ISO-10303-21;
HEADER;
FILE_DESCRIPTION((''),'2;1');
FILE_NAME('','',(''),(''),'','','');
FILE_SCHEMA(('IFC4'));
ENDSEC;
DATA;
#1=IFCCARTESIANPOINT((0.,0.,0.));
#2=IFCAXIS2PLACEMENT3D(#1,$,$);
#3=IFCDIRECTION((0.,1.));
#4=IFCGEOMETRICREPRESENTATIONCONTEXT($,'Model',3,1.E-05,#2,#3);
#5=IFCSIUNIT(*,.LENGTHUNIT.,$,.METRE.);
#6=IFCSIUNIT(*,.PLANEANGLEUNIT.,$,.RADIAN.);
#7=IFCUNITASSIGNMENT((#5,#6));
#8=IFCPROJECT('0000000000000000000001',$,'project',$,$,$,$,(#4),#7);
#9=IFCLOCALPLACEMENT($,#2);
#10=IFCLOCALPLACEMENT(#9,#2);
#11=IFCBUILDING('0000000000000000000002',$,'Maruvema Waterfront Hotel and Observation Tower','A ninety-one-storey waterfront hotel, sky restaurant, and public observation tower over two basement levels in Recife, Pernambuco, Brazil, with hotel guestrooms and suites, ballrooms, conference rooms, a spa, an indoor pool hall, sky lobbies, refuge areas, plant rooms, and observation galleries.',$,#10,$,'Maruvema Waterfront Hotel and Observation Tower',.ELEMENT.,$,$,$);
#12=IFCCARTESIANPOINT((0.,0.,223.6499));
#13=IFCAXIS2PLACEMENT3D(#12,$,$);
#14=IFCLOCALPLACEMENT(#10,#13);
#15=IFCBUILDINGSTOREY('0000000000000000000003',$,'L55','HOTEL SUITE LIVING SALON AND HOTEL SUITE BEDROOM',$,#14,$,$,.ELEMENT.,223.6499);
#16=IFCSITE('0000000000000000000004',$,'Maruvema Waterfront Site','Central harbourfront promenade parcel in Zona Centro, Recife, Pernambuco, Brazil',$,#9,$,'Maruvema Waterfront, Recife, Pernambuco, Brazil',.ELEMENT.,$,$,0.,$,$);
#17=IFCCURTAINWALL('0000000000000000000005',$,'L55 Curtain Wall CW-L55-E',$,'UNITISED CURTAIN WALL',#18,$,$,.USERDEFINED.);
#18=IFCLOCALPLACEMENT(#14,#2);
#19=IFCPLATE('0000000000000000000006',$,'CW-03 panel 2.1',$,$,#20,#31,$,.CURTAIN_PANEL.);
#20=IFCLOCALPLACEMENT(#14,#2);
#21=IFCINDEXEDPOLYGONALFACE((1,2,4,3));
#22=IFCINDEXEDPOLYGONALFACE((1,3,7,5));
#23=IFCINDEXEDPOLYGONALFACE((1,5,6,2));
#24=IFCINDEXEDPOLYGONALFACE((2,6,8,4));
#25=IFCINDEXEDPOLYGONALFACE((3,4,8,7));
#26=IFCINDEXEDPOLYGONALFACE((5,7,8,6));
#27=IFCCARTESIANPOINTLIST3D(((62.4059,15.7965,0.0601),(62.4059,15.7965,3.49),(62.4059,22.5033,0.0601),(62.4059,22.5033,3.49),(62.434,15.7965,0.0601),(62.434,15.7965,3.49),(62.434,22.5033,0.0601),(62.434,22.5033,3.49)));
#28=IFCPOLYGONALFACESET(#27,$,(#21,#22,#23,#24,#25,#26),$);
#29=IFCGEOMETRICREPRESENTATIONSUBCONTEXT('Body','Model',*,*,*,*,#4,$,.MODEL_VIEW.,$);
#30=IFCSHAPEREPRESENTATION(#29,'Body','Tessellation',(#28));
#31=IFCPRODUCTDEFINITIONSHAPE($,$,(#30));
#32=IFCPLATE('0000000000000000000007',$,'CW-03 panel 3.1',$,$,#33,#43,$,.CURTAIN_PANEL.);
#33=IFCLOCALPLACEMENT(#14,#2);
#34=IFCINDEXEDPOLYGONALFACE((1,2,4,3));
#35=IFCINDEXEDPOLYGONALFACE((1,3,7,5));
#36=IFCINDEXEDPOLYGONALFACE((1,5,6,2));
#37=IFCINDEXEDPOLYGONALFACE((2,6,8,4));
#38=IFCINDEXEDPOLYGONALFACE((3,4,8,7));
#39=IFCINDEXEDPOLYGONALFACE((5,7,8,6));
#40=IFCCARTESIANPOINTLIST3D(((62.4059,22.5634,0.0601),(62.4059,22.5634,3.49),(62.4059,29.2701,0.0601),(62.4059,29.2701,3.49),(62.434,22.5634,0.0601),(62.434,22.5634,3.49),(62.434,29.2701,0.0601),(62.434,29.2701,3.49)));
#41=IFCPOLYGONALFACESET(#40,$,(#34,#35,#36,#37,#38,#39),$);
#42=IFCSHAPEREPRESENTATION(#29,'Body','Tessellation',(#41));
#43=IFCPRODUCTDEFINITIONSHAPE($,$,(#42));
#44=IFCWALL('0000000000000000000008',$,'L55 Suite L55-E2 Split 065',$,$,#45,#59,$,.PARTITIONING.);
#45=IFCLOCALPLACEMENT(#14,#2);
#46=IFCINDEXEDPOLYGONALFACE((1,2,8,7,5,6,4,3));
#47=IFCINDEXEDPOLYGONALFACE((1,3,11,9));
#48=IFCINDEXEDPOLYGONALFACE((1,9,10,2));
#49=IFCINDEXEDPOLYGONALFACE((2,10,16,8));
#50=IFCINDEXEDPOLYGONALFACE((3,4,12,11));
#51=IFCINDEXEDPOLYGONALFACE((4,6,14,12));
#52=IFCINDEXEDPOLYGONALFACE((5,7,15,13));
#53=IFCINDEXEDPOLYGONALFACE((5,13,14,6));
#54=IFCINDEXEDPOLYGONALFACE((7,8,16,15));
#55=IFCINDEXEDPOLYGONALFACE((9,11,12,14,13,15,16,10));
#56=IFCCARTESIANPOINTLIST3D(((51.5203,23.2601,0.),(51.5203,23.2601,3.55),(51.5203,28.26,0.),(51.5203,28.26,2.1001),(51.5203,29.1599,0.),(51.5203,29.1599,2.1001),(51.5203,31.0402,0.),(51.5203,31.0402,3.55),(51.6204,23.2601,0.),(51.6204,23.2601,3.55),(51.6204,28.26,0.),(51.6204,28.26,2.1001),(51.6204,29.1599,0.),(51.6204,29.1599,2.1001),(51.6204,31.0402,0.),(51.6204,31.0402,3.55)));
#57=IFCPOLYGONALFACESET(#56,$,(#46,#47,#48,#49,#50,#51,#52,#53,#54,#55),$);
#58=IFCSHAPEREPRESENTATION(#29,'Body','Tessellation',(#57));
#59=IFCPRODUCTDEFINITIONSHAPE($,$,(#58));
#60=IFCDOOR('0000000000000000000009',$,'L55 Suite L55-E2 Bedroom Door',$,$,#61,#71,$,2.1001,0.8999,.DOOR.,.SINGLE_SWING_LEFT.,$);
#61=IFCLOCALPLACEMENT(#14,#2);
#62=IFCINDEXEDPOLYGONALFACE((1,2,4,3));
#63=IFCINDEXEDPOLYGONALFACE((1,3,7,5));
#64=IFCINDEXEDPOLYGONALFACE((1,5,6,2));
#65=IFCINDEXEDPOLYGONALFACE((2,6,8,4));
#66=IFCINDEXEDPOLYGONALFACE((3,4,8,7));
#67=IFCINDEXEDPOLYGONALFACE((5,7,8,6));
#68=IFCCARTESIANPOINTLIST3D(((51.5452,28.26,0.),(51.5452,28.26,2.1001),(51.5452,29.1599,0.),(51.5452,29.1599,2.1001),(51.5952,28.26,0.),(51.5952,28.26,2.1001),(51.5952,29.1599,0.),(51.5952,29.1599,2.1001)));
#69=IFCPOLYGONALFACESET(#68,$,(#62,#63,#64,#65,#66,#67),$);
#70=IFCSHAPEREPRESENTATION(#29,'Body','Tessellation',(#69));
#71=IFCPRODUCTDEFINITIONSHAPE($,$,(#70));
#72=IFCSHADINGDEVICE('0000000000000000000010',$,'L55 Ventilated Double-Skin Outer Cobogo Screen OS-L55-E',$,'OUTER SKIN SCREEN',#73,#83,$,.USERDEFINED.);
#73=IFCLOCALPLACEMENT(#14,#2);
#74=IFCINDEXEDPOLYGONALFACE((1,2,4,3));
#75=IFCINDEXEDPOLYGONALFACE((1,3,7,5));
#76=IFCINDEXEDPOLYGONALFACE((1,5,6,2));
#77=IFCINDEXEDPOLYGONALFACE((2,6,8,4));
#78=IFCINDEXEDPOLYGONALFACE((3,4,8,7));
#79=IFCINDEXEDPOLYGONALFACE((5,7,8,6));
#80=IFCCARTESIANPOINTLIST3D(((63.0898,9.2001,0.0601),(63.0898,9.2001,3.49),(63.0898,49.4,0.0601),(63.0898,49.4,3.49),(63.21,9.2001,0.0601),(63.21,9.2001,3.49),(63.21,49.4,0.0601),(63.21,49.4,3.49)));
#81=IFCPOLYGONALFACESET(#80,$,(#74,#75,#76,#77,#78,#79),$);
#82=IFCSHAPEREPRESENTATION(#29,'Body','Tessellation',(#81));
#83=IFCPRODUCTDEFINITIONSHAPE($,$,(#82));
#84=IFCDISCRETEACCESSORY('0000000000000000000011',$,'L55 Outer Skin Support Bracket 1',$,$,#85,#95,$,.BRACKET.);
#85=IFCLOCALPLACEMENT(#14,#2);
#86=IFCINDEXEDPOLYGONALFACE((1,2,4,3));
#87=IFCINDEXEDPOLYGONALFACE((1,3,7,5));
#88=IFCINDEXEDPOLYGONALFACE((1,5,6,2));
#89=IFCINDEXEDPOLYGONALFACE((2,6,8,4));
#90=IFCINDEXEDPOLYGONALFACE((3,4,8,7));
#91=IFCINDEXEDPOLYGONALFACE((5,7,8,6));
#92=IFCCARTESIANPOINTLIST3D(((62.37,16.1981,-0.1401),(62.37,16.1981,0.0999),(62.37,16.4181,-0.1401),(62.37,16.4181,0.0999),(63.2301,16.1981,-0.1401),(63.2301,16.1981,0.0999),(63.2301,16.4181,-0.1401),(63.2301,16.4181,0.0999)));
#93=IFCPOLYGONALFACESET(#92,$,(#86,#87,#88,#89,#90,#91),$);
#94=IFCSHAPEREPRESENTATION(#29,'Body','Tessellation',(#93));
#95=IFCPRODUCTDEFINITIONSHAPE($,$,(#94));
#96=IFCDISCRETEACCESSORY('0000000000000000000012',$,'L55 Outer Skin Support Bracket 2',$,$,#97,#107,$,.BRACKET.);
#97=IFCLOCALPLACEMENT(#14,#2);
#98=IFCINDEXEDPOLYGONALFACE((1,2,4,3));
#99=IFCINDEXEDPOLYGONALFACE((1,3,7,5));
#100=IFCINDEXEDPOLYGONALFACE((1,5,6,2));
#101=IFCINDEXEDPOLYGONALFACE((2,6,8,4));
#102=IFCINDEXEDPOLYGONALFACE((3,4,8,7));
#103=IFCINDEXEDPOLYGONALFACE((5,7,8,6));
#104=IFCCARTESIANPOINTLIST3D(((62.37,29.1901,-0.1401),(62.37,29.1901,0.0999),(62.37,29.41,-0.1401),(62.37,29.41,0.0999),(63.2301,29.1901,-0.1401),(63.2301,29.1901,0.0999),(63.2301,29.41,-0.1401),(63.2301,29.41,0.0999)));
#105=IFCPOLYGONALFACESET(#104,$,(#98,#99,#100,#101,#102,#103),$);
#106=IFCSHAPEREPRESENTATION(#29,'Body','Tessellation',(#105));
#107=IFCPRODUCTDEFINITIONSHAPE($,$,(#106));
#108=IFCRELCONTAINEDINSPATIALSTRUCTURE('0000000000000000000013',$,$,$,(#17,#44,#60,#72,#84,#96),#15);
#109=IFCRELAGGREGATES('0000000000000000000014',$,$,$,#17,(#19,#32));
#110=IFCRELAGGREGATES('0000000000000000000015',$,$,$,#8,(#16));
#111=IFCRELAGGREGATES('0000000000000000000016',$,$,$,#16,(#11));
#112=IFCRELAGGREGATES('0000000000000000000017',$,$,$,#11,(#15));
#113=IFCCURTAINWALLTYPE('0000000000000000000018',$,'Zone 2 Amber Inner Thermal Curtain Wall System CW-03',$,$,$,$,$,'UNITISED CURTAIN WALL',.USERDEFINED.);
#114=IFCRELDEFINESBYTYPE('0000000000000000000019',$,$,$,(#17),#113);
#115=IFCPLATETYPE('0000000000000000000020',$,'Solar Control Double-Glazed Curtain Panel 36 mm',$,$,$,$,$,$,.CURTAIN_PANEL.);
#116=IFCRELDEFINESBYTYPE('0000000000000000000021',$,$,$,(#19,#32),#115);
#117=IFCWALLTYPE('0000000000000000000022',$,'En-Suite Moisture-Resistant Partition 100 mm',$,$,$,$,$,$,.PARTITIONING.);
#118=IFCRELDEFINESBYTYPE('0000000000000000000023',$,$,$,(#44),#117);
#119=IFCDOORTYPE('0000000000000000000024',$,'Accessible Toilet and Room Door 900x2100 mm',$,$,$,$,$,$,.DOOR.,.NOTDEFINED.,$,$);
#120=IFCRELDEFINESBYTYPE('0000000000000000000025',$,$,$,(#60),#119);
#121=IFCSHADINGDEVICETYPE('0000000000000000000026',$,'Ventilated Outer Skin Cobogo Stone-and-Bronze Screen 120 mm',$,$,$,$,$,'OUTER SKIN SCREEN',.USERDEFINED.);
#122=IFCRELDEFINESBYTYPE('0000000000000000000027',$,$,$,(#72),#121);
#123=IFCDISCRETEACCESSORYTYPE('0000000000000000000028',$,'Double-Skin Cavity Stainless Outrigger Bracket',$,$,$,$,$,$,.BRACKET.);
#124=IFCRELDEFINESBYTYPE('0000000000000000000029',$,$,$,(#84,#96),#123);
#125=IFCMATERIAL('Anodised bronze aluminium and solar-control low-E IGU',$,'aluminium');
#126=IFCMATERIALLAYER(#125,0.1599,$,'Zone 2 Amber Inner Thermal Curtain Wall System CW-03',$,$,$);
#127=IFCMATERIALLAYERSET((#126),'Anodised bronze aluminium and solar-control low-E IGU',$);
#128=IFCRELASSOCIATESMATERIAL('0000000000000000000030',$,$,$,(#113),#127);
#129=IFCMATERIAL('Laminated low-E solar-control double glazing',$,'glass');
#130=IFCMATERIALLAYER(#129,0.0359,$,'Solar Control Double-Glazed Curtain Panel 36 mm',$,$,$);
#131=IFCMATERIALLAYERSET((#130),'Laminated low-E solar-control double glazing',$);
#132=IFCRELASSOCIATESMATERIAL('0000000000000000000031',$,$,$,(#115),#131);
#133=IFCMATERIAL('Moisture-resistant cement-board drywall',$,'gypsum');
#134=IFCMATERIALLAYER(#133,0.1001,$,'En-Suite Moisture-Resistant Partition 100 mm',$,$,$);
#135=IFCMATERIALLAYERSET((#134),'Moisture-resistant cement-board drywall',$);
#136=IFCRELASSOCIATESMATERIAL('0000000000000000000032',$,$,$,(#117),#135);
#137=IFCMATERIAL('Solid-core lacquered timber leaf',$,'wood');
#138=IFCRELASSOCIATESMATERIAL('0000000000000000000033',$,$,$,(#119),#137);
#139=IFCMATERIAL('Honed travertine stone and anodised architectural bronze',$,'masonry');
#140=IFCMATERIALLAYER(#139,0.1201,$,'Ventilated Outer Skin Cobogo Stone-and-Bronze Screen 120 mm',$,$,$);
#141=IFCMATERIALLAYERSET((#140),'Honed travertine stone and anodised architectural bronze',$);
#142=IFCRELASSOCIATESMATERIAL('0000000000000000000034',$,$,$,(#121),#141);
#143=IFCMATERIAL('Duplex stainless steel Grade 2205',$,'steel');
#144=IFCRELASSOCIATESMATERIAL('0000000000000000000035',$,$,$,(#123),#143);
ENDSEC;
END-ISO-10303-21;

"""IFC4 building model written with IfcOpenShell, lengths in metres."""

from ifc_helpers import new_model, si_unit, direction, frame, frame_2d, origin, origin_2d, place, context, subcontext, project, spatial, rectangle, extrude, material, layer, layer_set, type_object, element, fill, aggregate, save


model = new_model("IFC4")

# Units and contexts
model_context = context("Model", 3, precision=1e-05, world=origin(), true_north=direction((0.0, 1.0)))
body_context = subcontext(model_context, "Body", "Model", "MODEL_VIEW")
ifc_project = project(units=[si_unit("LENGTHUNIT", "METRE"), si_unit("PLANEANGLEUNIT", "RADIAN")], contexts=[model_context])

# Site, building, storey
site_placement = place(None, origin())
site = spatial("IfcSite", under=ifc_project, at=site_placement, Name="Maruvema Waterfront Site", Description="Central harbourfront promenade parcel in Zona Centro, Recife, Pernambuco, Brazil", LongName="Maruvema Waterfront, Recife, Pernambuco, Brazil", CompositionType="ELEMENT", RefElevation=0.0)
building_placement = place(site_placement, origin())
building = spatial("IfcBuilding", under=site, at=building_placement, Name="Maruvema Waterfront Hotel and Observation Tower", Description="A ninety-one-storey waterfront hotel, sky restaurant, and public observation tower over two basement levels in Recife, Pernambuco, Brazil, with hotel guestrooms and suites, ballrooms, conference rooms, a spa, an indoor pool hall, sky lobbies, refuge areas, plant rooms, and observation galleries.", LongName="Maruvema Waterfront Hotel and Observation Tower", CompositionType="ELEMENT")
storey_placement = place(building_placement, frame((0.0, 0.0, 223.6499)))
storey = spatial("IfcBuildingStorey", under=building, at=storey_placement, Name="L55", Description="HOTEL SUITE LIVING SALON AND HOTEL SUITE BEDROOM", CompositionType="ELEMENT", Elevation=223.6499)

# Curtain wall
ifc_material_1 = material(Name="Anodised bronze aluminium and solar-control low-E IGU", Category="aluminium")
ifc_layer_1 = layer(ifc_material_1, 0.1599, Name="Zone 2 Amber Inner Thermal Curtain Wall System CW-03")
ifc_layer_set_1 = layer_set([ifc_layer_1], Name="Anodised bronze aluminium and solar-control low-E IGU")
curtain_wall_type = type_object("IfcCurtainWallType", Name="Zone 2 Amber Inner Thermal Curtain Wall System CW-03", ElementType="UNITISED CURTAIN WALL", PredefinedType="USERDEFINED", material=ifc_layer_set_1)
curtain_wall_placement = place(storey_placement, origin())
curtain_wall = element("IfcCurtainWall", 1, at=curtain_wall_placement, inside=storey, type_object=curtain_wall_type, Name="L55 Curtain Wall CW-L55-E", ObjectType="UNITISED CURTAIN WALL", PredefinedType="USERDEFINED")

# Plates
ifc_material_2 = material(Name="Laminated low-E solar-control double glazing", Category="glass")
ifc_layer_2 = layer(ifc_material_2, 0.0359, Name="Solar Control Double-Glazed Curtain Panel 36 mm")
ifc_layer_set_2 = layer_set([ifc_layer_2], Name="Laminated low-E solar-control double glazing")
plate_type = type_object("IfcPlateType", Name="Solar Control Double-Glazed Curtain Panel 36 mm", PredefinedType="CURTAIN_PANEL", material=ifc_layer_set_2)
plate_1_placement = place(storey_placement, frame((62.4199, 19.1499, 0.0601), z_axis=(0.0, 0.0, 1.0), x_axis=(0.0, 1.0, 0.0)))
plate_1 = element("IfcPlate", 2, at=plate_1_placement, type_object=plate_type, Name="CW-03 panel 2.1", PredefinedType="CURTAIN_PANEL", context=body_context, shape_type="SweptSolid", body=[
    extrude(rectangle(XDim=6.7068, YDim=0.0281, at=origin_2d()), origin(), (0.0, 0.0, 1.0), 3.4299),
])
plate_2_placement = place(storey_placement, frame((62.4199, 25.9167, 0.0601), z_axis=(0.0, 0.0, 1.0), x_axis=(0.0, 1.0, 0.0)))
plate_2 = element("IfcPlate", 3, at=plate_2_placement, type_object=plate_type, Name="CW-03 panel 3.1", PredefinedType="CURTAIN_PANEL", context=body_context, shape_type="SweptSolid", body=[
    extrude(rectangle(XDim=6.7068, YDim=0.0281, at=origin_2d()), origin(), (0.0, 0.0, 1.0), 3.4299),
])
aggregate(curtain_wall, [plate_1, plate_2])

# Wall, opening, door
ifc_material_3 = material(Name="Moisture-resistant cement-board drywall", Category="gypsum")
ifc_layer_3 = layer(ifc_material_3, 0.1001, Name="En-Suite Moisture-Resistant Partition 100 mm")
ifc_layer_set_3 = layer_set([ifc_layer_3], Name="Moisture-resistant cement-board drywall")
wall_type = type_object("IfcWallType", Name="En-Suite Moisture-Resistant Partition 100 mm", PredefinedType="PARTITIONING", material=ifc_layer_set_3)
wall_placement = place(storey_placement, frame((51.5703, 23.26, 0.0), z_axis=(0.0, 0.0, 1.0), x_axis=(0.0, 1.0, 0.0)))
wall = element("IfcWall", 4, at=wall_placement, inside=storey, type_object=wall_type, Name="L55 Suite L55-E2 Split 065", PredefinedType="PARTITIONING", context=body_context, shape_type="SweptSolid", body=[
    extrude(rectangle(XDim=7.78, YDim=0.1001, at=frame_2d((3.8901, 0.0))), origin(), (0.0, 0.0, 1.0), 3.55),
])
opening_placement = place(wall_placement, frame((5.0, 0.0, 0.0)))
opening = element("IfcOpeningElement", 5, at=opening_placement, cuts=wall, PredefinedType="OPENING", context=body_context, shape_type="SweptSolid", body=[
    extrude(rectangle(XDim=0.8999, YDim=2.1001, at=frame_2d((0.45, 1.05))), frame((0.0, 0.0601, 0.0), z_axis=(0.0, -1.0, 0.0), x_axis=(1.0, 0.0, 0.0)), (0.0, 0.0, 1.0), 0.1201),
])
ifc_material_4 = material(Name="Solid-core lacquered timber leaf", Category="wood")
door_type = type_object("IfcDoorType", Name="Accessible Toilet and Room Door 900x2100 mm", OperationType="NOTDEFINED", PredefinedType="DOOR", material=ifc_material_4)
door_placement = place(opening_placement, frame((0.8999, 0.0, 0.0), z_axis=(0.0, 0.0, 1.0), x_axis=(-1.0, 0.0, 0.0)))
door = element("IfcDoor", 6, at=door_placement, inside=storey, type_object=door_type, Name="L55 Suite L55-E2 Bedroom Door", OperationType="SINGLE_SWING_LEFT", OverallHeight=2.1001, OverallWidth=0.8999, PredefinedType="DOOR", context=body_context, shape_type="SweptSolid", body=[
    extrude(rectangle(XDim=0.8999, YDim=2.1001, at=frame_2d((0.45, 1.05))), frame((0.0, 0.0249, 0.0), z_axis=(0.0, -1.0, 0.0), x_axis=(1.0, 0.0, 0.0)), (0.0, 0.0, 1.0), 0.05),
])
fill(opening, door)

# Shading device
ifc_material_5 = material(Name="Honed travertine stone and anodised architectural bronze", Category="masonry")
ifc_layer_4 = layer(ifc_material_5, 0.1201, Name="Ventilated Outer Skin Cobogo Stone-and-Bronze Screen 120 mm")
ifc_layer_set_4 = layer_set([ifc_layer_4], Name="Honed travertine stone and anodised architectural bronze")
shading_device_type = type_object("IfcShadingDeviceType", Name="Ventilated Outer Skin Cobogo Stone-and-Bronze Screen 120 mm", ElementType="OUTER SKIN SCREEN", PredefinedType="USERDEFINED", material=ifc_layer_set_4)
shading_device_placement = place(storey_placement, frame((63.1499, 29.3, 0.0601), z_axis=(0.0, 0.0, 1.0), x_axis=(0.0, 1.0, 0.0)))
element("IfcShadingDevice", 7, at=shading_device_placement, inside=storey, type_object=shading_device_type, Name="L55 Ventilated Double-Skin Outer Cobogo Screen OS-L55-E", ObjectType="OUTER SKIN SCREEN", PredefinedType="USERDEFINED", context=body_context, shape_type="SweptSolid", body=[
    extrude(rectangle(XDim=40.2, YDim=0.1201, at=origin_2d()), origin(), (0.0, 0.0, 1.0), 3.4299),
])

# Discrete accessories
ifc_material_6 = material(Name="Duplex stainless steel Grade 2205", Category="steel")
discrete_accessory_type = type_object("IfcDiscreteAccessoryType", Name="Double-Skin Cavity Stainless Outrigger Bracket", PredefinedType="BRACKET", material=ifc_material_6)
for number, where, z_axis, x_axis, name in (
    (8, (62.8, 16.3081, -0.1401), (0.0, 0.0, 1.0), (0.0, 1.0, 0.0), "L55 Outer Skin Support Bracket 1"),
    (9, (62.8, 29.3, -0.1401), (0.0, 0.0, 1.0), (0.0, 1.0, 0.0), "L55 Outer Skin Support Bracket 2"),
):
    element("IfcDiscreteAccessory", number, at=place(storey_placement, frame(where, z_axis=z_axis, x_axis=x_axis)), inside=storey, type_object=discrete_accessory_type, Name=name, PredefinedType="BRACKET", context=body_context, shape_type="SweptSolid", body=[
        extrude(rectangle(XDim=0.22, YDim=0.8601, at=origin_2d()), origin(), (0.0, 0.0, 1.0), 0.24),
    ])

save(model, "model.ifc")
